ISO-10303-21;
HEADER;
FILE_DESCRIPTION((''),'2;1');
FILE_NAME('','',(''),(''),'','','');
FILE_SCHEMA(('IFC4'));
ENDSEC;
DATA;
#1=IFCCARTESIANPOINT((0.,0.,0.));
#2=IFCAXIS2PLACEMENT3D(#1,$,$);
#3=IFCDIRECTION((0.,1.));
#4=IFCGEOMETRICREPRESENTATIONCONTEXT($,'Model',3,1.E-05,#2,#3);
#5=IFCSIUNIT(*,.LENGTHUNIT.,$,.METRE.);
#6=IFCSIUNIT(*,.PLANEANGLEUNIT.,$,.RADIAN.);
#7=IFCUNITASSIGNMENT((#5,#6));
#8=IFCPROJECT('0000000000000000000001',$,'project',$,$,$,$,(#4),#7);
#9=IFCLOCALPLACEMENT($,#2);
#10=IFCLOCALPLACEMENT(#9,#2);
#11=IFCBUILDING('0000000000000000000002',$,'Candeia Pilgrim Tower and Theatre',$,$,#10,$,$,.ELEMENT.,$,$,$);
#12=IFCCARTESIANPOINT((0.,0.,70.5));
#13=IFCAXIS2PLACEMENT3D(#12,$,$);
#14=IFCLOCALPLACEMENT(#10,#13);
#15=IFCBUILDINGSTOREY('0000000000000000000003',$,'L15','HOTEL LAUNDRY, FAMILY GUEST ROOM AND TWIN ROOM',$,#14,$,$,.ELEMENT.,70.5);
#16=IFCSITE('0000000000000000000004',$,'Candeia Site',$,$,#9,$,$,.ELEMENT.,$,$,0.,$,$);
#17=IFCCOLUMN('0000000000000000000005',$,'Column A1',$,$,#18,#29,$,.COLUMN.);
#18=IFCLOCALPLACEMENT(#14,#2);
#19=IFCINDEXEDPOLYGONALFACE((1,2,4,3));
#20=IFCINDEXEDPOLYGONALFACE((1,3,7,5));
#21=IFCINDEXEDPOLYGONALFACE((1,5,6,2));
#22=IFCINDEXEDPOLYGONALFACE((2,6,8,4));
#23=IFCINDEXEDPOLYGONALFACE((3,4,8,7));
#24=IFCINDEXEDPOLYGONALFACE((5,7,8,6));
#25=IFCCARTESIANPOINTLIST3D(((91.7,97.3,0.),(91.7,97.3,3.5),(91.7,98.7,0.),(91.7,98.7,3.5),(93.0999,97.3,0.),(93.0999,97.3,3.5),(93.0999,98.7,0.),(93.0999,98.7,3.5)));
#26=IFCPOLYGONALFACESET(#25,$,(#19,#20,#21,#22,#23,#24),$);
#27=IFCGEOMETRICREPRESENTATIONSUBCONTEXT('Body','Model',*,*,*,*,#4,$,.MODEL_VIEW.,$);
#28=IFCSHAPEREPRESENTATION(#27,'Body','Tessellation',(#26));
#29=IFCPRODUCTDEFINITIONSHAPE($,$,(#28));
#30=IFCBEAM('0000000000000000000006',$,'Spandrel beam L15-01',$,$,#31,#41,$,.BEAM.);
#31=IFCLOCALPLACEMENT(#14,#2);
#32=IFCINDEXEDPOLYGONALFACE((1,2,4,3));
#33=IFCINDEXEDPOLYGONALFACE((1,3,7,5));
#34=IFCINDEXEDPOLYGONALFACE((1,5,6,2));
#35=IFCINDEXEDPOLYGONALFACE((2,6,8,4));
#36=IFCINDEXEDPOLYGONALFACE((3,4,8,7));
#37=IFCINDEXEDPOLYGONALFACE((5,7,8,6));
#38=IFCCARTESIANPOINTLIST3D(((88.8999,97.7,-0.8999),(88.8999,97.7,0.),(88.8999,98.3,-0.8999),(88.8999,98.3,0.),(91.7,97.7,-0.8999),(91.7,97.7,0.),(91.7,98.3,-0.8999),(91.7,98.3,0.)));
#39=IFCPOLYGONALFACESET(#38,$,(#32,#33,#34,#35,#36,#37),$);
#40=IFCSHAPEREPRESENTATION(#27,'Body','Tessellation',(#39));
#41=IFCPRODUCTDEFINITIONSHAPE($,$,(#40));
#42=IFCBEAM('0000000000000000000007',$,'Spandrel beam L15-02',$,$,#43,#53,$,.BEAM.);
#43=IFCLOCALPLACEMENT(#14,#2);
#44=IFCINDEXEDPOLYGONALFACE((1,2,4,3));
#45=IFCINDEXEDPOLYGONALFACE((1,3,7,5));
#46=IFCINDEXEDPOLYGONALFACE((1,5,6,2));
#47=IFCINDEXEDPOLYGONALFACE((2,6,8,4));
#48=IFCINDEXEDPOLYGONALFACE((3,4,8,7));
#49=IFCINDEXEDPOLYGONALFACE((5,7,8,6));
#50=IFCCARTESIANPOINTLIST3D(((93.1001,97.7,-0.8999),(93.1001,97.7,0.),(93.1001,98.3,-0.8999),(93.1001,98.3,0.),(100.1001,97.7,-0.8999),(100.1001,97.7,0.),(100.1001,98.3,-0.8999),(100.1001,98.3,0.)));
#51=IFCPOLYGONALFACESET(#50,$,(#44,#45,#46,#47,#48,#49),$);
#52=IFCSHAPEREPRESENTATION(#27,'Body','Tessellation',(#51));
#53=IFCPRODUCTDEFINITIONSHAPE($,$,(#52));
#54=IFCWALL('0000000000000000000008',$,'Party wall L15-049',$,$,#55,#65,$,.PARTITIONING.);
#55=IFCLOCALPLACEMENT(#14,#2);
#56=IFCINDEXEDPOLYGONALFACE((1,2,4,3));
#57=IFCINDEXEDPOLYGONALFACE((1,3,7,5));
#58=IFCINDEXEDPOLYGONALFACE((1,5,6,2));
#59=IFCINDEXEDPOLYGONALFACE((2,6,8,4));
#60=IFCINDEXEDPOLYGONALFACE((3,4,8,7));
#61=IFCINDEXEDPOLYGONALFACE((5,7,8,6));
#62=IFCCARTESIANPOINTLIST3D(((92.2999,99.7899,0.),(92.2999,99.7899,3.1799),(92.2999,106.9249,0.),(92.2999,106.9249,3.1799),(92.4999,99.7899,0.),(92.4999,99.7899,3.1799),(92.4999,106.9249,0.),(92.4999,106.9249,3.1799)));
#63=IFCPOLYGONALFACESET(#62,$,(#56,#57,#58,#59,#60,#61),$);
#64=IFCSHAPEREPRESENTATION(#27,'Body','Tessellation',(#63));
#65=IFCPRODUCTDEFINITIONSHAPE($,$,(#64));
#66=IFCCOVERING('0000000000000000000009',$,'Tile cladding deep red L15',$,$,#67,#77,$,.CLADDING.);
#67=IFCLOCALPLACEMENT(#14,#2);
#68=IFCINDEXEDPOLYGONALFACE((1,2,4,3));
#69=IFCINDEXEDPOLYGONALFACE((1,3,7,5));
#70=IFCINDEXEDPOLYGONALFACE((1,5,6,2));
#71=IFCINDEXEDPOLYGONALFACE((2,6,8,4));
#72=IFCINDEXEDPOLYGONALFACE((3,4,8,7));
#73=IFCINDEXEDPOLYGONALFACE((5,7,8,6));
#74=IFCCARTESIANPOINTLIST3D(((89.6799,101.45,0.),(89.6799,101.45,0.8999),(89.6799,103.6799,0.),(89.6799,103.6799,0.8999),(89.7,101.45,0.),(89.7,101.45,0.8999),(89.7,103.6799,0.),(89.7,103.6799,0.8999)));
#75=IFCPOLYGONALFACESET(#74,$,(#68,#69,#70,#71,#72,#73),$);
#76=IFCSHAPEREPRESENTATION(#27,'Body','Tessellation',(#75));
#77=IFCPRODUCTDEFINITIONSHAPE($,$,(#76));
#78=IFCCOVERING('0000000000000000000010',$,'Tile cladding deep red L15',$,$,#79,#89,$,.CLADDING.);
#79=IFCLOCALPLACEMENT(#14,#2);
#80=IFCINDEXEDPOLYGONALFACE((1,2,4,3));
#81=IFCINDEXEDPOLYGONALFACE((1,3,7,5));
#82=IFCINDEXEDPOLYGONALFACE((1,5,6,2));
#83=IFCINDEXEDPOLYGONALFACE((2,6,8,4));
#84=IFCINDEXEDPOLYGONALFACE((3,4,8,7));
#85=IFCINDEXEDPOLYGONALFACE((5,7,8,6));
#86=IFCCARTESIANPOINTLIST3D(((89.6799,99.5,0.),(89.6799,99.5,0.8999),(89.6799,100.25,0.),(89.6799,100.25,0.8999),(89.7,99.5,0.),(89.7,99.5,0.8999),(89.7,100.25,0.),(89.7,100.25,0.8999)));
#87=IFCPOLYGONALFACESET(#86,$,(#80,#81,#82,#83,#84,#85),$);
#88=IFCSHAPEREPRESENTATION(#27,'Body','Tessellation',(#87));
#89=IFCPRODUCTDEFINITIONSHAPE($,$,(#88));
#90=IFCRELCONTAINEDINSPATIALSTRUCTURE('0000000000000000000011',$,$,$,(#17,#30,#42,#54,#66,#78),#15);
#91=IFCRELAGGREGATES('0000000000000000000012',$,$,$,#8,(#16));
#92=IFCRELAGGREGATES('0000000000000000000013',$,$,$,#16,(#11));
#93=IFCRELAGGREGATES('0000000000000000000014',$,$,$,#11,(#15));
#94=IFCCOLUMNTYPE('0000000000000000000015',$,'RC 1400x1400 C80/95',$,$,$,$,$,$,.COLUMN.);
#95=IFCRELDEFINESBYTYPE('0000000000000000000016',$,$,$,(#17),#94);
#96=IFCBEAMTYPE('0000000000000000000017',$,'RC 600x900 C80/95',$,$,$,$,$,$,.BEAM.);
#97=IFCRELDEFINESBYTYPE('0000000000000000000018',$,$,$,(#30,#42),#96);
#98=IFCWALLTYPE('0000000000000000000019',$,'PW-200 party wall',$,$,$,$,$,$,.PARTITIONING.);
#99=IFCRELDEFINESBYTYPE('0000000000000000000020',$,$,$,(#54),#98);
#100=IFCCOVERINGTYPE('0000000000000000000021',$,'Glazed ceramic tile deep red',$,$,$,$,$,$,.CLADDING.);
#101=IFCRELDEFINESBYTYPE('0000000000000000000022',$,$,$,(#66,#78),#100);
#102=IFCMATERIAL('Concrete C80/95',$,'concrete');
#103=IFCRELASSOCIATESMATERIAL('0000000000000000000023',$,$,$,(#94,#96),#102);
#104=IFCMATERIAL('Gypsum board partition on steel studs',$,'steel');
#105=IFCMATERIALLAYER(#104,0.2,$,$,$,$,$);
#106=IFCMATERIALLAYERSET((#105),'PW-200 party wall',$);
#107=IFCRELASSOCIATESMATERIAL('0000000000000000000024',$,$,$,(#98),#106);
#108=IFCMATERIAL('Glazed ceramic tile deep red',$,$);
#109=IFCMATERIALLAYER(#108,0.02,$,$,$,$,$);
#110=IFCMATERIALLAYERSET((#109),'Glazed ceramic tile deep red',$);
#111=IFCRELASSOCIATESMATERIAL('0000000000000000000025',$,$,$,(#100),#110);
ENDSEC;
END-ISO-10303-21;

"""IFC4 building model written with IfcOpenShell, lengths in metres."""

from ifc_helpers import new_model, si_unit, direction, frame, frame_2d, origin, origin_2d, place, context, subcontext, project, spatial, rectangle, extrude, material, layer, layer_set, material_profile, profile_set, type_object, element, save


model = new_model("IFC4")

# Units and contexts
model_context = context("Model", 3, precision=1e-05, world=origin(), true_north=direction((0.0, 1.0)))
body_context = subcontext(model_context, "Body", "Model", "MODEL_VIEW")
ifc_project = project(units=[si_unit("LENGTHUNIT", "METRE"), si_unit("PLANEANGLEUNIT", "RADIAN")], contexts=[model_context])

# Site, building, storey
site_placement = place(None, origin())
site = spatial("IfcSite", under=ifc_project, at=site_placement, Name="Candeia Site", CompositionType="ELEMENT", RefElevation=0.0)
building_placement = place(site_placement, origin())
building = spatial("IfcBuilding", under=site, at=building_placement, Name="Candeia Pilgrim Tower and Theatre", CompositionType="ELEMENT")
storey_placement = place(building_placement, frame((0.0, 0.0, 70.5)))
storey = spatial("IfcBuildingStorey", under=building, at=storey_placement, Name="L15", Description="HOTEL LAUNDRY, FAMILY GUEST ROOM AND TWIN ROOM", CompositionType="ELEMENT", Elevation=70.5)

# Column
ifc_material_1 = material(Name="Concrete C80/95", Category="concrete")
ifc_material_profile_1 = material_profile(ifc_material_1, rectangle(XDim=1.3999, YDim=1.3999, at=origin_2d()))
ifc_profile_set_1 = profile_set([ifc_material_profile_1], Name="Concrete C80/95")
column_type = type_object("IfcColumnType", Name="RC 1400x1400 C80/95", PredefinedType="COLUMN", material=ifc_profile_set_1)
column_placement = place(storey_placement, frame((92.3999, 98.0, 0.0), z_axis=(0.0, 0.0, 1.0), x_axis=(1.0, 0.0, 0.0)))
element("IfcColumn", 1, at=column_placement, inside=storey, type_object=column_type, Name="Column A1", PredefinedType="COLUMN", context=body_context, shape_type="SweptSolid", body=[
    extrude(rectangle(XDim=1.3999, YDim=1.3999, at=origin_2d()), origin(), (0.0, 0.0, 1.0), 3.5),
])

# Beams
ifc_material_profile_2 = material_profile(ifc_material_1, rectangle(XDim=0.6001, YDim=0.8999, at=origin_2d()))
ifc_profile_set_2 = profile_set([ifc_material_profile_2], Name="Concrete C80/95")
beam_type = type_object("IfcBeamType", Name="RC 600x900 C80/95", PredefinedType="BEAM", material=ifc_profile_set_2)
beam_1_placement = place(storey_placement, frame((88.8999, 98.0, -0.45), z_axis=(1.0, 0.0, 0.0), x_axis=(0.0, 1.0, 0.0)))
element("IfcBeam", 2, at=beam_1_placement, inside=storey, type_object=beam_type, Name="Spandrel beam L15-01", PredefinedType="BEAM", context=body_context, shape_type="SweptSolid", body=[
    extrude(rectangle(XDim=0.6001, YDim=0.8999, at=origin_2d()), origin(), (0.0, 0.0, 1.0), 2.8),
])
beam_2_placement = place(storey_placement, frame((93.1001, 98.0, -0.45), z_axis=(1.0, 0.0, 0.0), x_axis=(0.0, 1.0, 0.0)))
element("IfcBeam", 3, at=beam_2_placement, inside=storey, type_object=beam_type, Name="Spandrel beam L15-02", PredefinedType="BEAM", context=body_context, shape_type="SweptSolid", body=[
    extrude(rectangle(XDim=0.6001, YDim=0.8999, at=origin_2d()), origin(), (0.0, 0.0, 1.0), 7.0),
])

# Wall
ifc_material_2 = material(Name="Gypsum board partition on steel studs", Category="steel")
ifc_layer_1 = layer(ifc_material_2, 0.2)
ifc_layer_set_1 = layer_set([ifc_layer_1], Name="PW-200 party wall")
wall_type_1 = type_object("IfcWallType", Name="PW-200 party wall", PredefinedType="PARTITIONING", material=ifc_layer_set_1)
wall_1_placement = place(storey_placement, frame((92.3999, 99.79, 0.0), z_axis=(0.0, 0.0, 1.0), x_axis=(0.0, 1.0, 0.0)))
element("IfcWall", 4, at=wall_1_placement, inside=storey, type_object=wall_type_1, Name="Party wall L15-049", PredefinedType="PARTITIONING", context=body_context, shape_type="SweptSolid", body=[
    extrude(rectangle(XDim=7.135, YDim=0.2, at=frame_2d((3.5674, 0.0))), origin(), (0.0, 0.0, 1.0), 3.1799),
])

# Coverings
ifc_material_3 = material(Name="Glazed ceramic tile deep red")
ifc_layer_2 = layer(ifc_material_3, 0.02)
ifc_layer_set_2 = layer_set([ifc_layer_2], Name="Glazed ceramic tile deep red")
covering_type = type_object("IfcCoveringType", Name="Glazed ceramic tile deep red", PredefinedType="CLADDING", material=ifc_layer_set_2)
covering_1_placement = place(storey_placement, frame((89.6899, 102.5649, 0.0), z_axis=(0.0, 0.0, 1.0), x_axis=(0.0, -1.0, 0.0)))
element("IfcCovering", 5, at=covering_1_placement, inside=storey, type_object=covering_type, Name="Tile cladding deep red L15", PredefinedType="CLADDING", context=body_context, shape_type="SweptSolid", body=[
    extrude(rectangle(XDim=2.23, YDim=0.02, at=origin_2d()), origin(), (0.0, 0.0, 1.0), 0.8999),
])
covering_2_placement = place(storey_placement, frame((89.6899, 99.875, 0.0), z_axis=(0.0, 0.0, 1.0), x_axis=(0.0, -1.0, 0.0)))
element("IfcCovering", 6, at=covering_2_placement, inside=storey, type_object=covering_type, Name="Tile cladding deep red L15", PredefinedType="CLADDING", context=body_context, shape_type="SweptSolid", body=[
    extrude(rectangle(XDim=0.75, YDim=0.02, at=origin_2d()), origin(), (0.0, 0.0, 1.0), 0.8999),
])

save(model, "model.ifc")
